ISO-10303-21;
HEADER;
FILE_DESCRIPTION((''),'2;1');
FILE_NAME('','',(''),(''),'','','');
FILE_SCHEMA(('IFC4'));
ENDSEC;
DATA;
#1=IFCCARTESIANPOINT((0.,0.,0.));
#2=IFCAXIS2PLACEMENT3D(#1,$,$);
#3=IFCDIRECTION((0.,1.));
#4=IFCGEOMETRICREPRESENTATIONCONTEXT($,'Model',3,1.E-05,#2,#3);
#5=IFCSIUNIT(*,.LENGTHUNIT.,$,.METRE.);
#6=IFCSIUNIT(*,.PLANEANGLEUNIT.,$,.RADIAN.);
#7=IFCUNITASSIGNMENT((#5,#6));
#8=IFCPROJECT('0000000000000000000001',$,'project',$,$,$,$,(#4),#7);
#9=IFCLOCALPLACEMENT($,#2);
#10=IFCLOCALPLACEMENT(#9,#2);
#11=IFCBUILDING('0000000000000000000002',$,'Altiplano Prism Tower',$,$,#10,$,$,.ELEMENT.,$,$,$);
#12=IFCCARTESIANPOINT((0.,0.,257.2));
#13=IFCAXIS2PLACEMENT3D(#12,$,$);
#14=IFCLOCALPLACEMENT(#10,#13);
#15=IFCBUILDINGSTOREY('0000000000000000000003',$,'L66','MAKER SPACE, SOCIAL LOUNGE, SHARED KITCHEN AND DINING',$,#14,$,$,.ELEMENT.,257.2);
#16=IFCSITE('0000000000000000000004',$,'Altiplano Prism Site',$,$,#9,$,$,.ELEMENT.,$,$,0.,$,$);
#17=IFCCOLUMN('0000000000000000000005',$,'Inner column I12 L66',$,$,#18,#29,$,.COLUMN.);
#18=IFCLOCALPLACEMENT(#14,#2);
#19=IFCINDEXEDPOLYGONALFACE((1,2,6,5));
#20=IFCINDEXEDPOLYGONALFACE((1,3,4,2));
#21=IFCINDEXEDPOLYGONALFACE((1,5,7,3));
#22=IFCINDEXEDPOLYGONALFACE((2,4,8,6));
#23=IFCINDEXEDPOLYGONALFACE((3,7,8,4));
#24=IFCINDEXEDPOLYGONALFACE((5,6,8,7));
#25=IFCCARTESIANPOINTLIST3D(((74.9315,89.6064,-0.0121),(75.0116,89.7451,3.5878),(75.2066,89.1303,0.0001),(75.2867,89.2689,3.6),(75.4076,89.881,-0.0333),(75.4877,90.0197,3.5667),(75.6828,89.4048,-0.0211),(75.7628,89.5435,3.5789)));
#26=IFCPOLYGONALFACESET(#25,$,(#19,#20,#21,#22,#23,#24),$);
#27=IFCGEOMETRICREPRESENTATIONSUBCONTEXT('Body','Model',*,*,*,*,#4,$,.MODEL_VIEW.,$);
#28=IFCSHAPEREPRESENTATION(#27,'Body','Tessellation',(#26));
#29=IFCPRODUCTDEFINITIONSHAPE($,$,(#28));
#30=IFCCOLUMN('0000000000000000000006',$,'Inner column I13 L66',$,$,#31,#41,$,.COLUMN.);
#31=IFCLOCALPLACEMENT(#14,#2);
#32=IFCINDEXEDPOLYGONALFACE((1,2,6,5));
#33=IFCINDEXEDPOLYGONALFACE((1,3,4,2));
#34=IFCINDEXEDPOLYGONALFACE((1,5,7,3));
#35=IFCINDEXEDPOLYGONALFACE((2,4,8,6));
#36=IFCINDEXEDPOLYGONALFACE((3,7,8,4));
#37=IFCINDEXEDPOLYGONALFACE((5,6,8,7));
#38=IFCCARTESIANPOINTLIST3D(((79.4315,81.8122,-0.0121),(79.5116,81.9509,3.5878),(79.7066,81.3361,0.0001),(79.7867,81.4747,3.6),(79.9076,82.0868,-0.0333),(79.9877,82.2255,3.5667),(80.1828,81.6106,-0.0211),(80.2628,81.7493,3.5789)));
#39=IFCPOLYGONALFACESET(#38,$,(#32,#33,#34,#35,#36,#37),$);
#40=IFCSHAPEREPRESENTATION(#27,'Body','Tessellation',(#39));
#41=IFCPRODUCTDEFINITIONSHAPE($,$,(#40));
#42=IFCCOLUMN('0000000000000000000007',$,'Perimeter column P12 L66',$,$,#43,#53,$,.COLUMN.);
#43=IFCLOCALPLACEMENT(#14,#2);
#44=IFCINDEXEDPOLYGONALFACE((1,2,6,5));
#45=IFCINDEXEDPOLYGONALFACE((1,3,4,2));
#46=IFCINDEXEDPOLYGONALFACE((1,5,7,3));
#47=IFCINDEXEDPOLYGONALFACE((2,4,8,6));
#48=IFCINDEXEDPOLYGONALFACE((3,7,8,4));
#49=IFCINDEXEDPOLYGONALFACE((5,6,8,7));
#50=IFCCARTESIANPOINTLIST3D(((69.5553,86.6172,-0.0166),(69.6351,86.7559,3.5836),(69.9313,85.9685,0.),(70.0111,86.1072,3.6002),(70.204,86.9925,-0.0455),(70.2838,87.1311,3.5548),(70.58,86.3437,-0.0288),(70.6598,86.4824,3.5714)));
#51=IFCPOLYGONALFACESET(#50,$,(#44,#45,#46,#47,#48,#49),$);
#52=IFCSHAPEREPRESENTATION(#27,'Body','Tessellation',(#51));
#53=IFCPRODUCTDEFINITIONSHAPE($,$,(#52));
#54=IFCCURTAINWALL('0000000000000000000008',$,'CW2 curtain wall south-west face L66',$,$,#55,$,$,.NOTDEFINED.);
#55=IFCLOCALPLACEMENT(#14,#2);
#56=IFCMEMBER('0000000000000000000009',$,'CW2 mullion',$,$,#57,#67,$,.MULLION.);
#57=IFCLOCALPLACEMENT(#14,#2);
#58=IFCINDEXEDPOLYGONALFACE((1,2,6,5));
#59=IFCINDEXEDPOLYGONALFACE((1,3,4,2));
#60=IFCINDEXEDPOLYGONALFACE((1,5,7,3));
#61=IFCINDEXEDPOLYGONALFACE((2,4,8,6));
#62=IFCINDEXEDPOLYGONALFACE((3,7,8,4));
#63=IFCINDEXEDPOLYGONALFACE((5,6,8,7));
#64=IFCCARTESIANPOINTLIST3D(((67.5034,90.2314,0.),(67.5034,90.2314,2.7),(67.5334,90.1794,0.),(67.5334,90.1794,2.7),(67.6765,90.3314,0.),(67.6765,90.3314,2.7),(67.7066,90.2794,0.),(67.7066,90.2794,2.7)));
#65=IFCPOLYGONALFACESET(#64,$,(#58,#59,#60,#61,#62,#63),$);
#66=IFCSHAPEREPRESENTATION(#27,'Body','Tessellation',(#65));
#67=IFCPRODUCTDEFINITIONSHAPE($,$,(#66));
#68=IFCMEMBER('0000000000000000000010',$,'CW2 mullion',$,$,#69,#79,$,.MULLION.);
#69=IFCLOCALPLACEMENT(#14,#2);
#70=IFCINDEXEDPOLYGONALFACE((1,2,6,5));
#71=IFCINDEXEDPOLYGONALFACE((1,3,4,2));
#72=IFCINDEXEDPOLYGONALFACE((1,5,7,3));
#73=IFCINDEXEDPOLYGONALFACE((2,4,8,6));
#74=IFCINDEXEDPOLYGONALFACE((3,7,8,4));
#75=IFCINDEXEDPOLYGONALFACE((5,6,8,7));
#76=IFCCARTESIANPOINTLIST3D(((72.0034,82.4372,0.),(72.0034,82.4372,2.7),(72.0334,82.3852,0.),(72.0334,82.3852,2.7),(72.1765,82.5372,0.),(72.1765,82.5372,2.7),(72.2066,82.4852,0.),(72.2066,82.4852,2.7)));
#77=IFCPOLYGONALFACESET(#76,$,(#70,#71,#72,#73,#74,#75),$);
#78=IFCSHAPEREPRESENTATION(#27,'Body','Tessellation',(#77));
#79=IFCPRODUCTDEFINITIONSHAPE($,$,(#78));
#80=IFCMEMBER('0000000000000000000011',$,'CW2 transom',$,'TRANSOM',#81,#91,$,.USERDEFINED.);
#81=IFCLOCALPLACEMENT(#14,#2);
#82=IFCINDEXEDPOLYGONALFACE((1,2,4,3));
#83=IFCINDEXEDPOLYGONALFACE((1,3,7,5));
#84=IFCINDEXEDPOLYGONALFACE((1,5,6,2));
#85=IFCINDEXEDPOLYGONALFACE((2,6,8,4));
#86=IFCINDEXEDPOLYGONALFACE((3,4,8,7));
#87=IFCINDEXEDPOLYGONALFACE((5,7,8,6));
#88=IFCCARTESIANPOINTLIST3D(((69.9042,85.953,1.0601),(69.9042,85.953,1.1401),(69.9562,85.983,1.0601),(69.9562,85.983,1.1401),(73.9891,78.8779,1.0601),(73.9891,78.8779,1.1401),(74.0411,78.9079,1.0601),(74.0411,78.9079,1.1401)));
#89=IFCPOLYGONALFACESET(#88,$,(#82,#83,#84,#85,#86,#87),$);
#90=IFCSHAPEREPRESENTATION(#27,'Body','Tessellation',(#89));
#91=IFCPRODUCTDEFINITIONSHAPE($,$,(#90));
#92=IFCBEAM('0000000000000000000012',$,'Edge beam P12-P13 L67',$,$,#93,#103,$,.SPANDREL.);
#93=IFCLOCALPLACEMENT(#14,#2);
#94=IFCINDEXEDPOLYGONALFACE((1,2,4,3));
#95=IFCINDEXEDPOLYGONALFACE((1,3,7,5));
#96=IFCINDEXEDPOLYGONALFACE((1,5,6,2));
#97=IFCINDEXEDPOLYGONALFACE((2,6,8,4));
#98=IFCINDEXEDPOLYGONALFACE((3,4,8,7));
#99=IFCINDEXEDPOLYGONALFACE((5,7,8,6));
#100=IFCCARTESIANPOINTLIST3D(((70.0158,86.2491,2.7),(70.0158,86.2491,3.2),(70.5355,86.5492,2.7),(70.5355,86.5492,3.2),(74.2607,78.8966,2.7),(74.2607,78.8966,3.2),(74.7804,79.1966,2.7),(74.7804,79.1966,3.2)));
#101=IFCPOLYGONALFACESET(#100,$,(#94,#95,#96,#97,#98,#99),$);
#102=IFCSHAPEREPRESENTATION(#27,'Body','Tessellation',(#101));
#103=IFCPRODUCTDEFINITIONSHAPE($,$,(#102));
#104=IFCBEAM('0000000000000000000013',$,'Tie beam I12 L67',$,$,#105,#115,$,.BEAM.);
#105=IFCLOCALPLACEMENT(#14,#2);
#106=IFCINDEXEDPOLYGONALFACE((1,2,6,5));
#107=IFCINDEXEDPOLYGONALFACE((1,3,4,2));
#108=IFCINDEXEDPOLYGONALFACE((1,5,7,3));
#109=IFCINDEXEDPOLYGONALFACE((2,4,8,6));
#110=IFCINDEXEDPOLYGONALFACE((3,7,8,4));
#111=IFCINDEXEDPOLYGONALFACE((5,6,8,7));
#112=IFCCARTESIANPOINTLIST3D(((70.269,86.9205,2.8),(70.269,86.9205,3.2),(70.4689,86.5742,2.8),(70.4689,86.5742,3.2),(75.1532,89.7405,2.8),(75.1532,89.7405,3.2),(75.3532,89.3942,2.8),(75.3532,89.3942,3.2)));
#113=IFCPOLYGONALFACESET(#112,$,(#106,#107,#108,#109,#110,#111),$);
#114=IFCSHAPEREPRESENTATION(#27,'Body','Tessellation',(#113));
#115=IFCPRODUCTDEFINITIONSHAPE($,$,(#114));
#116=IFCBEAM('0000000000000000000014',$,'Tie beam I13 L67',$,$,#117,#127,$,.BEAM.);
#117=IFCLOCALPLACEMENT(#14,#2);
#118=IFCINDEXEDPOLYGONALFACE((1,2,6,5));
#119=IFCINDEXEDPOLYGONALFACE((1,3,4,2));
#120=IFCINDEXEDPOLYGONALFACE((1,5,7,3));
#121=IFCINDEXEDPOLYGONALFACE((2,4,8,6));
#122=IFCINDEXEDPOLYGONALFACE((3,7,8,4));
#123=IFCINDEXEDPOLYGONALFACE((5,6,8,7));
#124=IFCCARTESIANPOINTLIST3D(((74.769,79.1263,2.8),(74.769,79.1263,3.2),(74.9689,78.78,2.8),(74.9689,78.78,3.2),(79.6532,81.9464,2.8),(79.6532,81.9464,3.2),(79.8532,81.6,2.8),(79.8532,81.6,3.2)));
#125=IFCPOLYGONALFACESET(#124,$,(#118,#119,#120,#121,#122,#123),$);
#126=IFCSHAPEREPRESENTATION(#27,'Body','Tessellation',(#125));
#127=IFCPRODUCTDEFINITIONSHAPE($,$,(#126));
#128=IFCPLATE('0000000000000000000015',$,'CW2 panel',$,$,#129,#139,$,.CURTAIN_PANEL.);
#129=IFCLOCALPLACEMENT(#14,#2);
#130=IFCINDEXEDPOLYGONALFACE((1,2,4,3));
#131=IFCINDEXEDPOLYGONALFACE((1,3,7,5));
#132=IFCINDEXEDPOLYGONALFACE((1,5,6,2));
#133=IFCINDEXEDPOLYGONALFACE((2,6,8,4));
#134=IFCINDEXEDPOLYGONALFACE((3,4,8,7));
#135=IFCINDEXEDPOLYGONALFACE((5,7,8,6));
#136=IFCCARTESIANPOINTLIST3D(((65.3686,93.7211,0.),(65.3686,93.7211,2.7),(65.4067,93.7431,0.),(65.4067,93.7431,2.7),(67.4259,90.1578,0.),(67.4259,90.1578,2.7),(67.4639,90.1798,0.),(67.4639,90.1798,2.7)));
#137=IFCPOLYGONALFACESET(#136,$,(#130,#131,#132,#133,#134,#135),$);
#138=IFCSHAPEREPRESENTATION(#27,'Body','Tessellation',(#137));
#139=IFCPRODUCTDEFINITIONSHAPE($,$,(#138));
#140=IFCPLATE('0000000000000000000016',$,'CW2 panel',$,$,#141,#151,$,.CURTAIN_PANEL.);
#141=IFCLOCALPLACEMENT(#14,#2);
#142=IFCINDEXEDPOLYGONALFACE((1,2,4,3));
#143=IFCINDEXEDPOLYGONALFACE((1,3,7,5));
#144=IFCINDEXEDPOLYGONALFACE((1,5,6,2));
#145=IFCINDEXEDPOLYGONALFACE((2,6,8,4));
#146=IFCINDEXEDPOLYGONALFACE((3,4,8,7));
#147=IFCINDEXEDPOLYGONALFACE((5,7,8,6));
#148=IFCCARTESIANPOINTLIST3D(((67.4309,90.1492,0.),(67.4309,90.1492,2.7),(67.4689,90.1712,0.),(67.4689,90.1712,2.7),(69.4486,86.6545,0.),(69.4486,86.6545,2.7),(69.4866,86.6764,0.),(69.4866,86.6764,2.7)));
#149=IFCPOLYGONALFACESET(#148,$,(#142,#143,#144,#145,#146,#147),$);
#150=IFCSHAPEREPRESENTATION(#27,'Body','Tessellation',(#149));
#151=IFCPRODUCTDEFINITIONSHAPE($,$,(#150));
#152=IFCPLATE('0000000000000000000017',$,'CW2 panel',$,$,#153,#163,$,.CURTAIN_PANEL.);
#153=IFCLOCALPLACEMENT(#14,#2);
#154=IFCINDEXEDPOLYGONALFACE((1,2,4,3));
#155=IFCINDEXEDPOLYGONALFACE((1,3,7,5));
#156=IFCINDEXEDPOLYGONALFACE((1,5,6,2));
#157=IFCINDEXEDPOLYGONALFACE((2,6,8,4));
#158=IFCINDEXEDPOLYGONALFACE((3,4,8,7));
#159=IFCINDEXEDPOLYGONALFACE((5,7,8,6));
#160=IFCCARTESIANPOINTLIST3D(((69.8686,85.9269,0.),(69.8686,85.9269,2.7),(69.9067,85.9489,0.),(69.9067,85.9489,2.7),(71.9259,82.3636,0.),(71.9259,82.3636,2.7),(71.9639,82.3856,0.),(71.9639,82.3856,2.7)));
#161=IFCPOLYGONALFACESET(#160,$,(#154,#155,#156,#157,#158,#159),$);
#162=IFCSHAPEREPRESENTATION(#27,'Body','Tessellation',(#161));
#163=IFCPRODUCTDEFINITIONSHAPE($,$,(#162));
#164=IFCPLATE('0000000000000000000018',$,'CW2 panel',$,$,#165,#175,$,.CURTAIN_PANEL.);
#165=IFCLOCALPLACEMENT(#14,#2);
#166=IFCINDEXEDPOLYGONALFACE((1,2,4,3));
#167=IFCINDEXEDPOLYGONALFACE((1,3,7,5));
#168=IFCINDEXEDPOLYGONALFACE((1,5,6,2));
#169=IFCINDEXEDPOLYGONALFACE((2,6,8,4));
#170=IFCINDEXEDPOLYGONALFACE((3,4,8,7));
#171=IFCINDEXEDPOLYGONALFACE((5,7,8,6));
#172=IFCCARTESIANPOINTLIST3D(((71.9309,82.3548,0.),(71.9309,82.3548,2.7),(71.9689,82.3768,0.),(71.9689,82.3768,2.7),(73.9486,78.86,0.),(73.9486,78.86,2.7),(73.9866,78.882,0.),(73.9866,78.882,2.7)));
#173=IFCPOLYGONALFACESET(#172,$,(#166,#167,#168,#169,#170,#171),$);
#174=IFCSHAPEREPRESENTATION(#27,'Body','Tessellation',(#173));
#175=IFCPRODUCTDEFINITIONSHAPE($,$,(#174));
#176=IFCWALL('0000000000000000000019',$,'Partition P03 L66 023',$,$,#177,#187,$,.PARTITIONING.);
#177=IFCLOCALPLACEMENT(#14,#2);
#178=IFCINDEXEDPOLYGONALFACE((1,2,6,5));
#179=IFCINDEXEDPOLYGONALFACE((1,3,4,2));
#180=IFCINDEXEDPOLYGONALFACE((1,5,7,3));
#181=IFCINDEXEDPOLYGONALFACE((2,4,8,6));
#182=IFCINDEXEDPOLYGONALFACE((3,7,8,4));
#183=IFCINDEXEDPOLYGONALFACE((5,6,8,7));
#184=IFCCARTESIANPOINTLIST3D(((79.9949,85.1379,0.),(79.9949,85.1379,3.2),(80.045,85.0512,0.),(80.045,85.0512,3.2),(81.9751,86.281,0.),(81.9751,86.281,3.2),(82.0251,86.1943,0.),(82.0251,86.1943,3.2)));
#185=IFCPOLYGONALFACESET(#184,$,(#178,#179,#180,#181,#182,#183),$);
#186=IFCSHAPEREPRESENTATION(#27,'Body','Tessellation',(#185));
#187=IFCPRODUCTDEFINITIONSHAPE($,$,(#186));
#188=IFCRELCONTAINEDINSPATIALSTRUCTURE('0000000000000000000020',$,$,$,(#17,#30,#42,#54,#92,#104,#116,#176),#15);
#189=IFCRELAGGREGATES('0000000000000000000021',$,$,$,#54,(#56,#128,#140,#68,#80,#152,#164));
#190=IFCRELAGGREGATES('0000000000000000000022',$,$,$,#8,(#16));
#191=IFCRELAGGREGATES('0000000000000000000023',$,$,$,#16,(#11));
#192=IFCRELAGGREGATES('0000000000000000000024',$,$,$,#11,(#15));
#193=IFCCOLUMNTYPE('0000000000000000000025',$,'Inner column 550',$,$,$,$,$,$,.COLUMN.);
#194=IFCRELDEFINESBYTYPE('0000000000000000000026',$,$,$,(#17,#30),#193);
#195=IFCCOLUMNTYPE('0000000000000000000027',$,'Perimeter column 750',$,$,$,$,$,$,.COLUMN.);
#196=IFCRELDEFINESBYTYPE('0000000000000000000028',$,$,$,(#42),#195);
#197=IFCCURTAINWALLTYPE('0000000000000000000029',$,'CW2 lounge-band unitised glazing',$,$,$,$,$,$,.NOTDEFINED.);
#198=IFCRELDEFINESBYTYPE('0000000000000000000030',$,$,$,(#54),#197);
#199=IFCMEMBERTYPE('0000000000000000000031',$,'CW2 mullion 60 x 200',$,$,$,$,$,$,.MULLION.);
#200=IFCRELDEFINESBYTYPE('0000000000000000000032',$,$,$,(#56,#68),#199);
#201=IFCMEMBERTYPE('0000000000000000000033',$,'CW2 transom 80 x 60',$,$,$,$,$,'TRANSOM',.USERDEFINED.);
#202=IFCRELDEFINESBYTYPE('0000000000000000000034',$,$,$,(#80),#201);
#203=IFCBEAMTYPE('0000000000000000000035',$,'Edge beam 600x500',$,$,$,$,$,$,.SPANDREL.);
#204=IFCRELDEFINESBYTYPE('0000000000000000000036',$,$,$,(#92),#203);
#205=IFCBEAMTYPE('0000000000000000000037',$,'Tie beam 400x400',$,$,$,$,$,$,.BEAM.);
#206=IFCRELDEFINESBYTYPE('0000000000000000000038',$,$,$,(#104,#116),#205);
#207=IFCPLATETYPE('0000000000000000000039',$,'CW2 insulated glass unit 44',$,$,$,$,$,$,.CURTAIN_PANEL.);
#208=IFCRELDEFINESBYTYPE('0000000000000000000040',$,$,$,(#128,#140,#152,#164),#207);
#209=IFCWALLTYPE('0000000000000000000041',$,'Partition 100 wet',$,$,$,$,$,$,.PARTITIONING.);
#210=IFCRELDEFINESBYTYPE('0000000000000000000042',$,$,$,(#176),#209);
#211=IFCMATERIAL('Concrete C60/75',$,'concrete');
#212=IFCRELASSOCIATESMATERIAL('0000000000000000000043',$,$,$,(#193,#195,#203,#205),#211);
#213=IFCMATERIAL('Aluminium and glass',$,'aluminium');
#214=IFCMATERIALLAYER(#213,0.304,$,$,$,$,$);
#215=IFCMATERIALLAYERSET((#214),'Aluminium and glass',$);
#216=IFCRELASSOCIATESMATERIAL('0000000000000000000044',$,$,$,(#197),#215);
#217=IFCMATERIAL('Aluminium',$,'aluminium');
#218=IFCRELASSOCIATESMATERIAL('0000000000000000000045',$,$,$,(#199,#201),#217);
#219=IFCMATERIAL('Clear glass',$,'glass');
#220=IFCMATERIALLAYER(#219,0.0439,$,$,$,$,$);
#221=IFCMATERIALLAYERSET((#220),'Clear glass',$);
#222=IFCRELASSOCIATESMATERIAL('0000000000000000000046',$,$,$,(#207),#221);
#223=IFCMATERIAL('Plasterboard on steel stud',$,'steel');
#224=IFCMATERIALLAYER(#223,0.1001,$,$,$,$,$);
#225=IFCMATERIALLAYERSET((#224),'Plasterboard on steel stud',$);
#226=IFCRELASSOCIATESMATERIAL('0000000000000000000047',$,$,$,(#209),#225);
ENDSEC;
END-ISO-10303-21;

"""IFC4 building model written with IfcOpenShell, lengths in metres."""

from ifc_helpers import new_model, si_unit, direction, frame, frame_2d, origin, origin_2d, place, context, subcontext, project, spatial, rectangle, extrude, material, layer, layer_set, material_profile, profile_set, type_object, element, aggregate, save


model = new_model("IFC4")

# Units and contexts
model_context = context("Model", 3, precision=1e-05, world=origin(), true_north=direction((0.0, 1.0)))
body_context = subcontext(model_context, "Body", "Model", "MODEL_VIEW")
ifc_project = project(units=[si_unit("LENGTHUNIT", "METRE"), si_unit("PLANEANGLEUNIT", "RADIAN")], contexts=[model_context])

# Site, building, storey
site_placement = place(None, origin())
site = spatial("IfcSite", under=ifc_project, at=site_placement, Name="Altiplano Prism Site", CompositionType="ELEMENT", RefElevation=0.0)
building_placement = place(site_placement, origin())
building = spatial("IfcBuilding", under=site, at=building_placement, Name="Altiplano Prism Tower", CompositionType="ELEMENT")
storey_placement = place(building_placement, frame((0.0, 0.0, 257.2)))
storey = spatial("IfcBuildingStorey", under=building, at=storey_placement, Name="L66", Description="MAKER SPACE, SOCIAL LOUNGE, SHARED KITCHEN AND DINING", CompositionType="ELEMENT", Elevation=257.2)

# Columns
ifc_material_1 = material(Name="Concrete C60/75", Category="concrete")
ifc_material_profile_1 = material_profile(ifc_material_1, rectangle(XDim=0.55, YDim=0.55, at=origin_2d()), Name="Inner column 550")
ifc_profile_set_1 = profile_set([ifc_material_profile_1], Name="Concrete C60/75")
column_type_1 = type_object("IfcColumnType", Name="Inner column 550", PredefinedType="COLUMN", material=ifc_profile_set_1)
for number, where, z_axis, x_axis, name in (
    (1, (75.3071, 89.5056, -0.0166), (0.022223, 0.038483, 0.999012), (-0.865639, -0.499187, 0.038485), "Inner column I12 L66"),
    (2, (79.8071, 81.7114, -0.0166), (0.022223, 0.038483, 0.999012), (-0.865639, -0.499187, 0.038485), "Inner column I13 L66"),
):
    element("IfcColumn", number, at=place(storey_placement, frame(where, z_axis=z_axis, x_axis=x_axis)), inside=storey, type_object=column_type_1, Name=name, PredefinedType="COLUMN", context=body_context, shape_type="SweptSolid", body=[
        extrude(rectangle(XDim=0.55, YDim=0.55, at=origin_2d()), origin(), (0.0, 0.0, 1.0), 3.6035),
    ])
ifc_material_profile_2 = material_profile(ifc_material_1, rectangle(XDim=0.75, YDim=0.75, at=origin_2d()), Name="Perimeter column 750")
ifc_profile_set_2 = profile_set([ifc_material_profile_2], Name="Concrete C60/75")
column_type_2 = type_object("IfcColumnType", Name="Perimeter column 750", PredefinedType="COLUMN", material=ifc_profile_set_2)
column_placement = place(storey_placement, frame((70.0676, 86.4805, -0.0227), z_axis=(0.022154, 0.038481, 0.999014), x_axis=(-0.86498, -0.500331, 0.038454)))
element("IfcColumn", 3, at=column_placement, inside=storey, type_object=column_type_2, Name="Perimeter column P12 L66", PredefinedType="COLUMN", context=body_context, shape_type="SweptSolid", body=[
    extrude(rectangle(XDim=0.75, YDim=0.75, at=origin_2d()), origin(), (0.0, 0.0, 1.0), 3.6038),
])

# Curtain wall, members
ifc_material_2 = material(Name="Aluminium and glass", Category="aluminium")
ifc_layer_1 = layer(ifc_material_2, 0.304)
ifc_layer_set_1 = layer_set([ifc_layer_1], Name="Aluminium and glass")
curtain_wall_type = type_object("IfcCurtainWallType", Name="CW2 lounge-band unitised glazing", PredefinedType="NOTDEFINED", material=ifc_layer_set_1)
curtain_wall_placement = place(storey_placement, origin())
curtain_wall = element("IfcCurtainWall", 4, at=curtain_wall_placement, inside=storey, type_object=curtain_wall_type, Name="CW2 curtain wall south-west face L66", PredefinedType="NOTDEFINED")
ifc_material_3 = material(Name="Aluminium", Category="aluminium")
ifc_material_profile_3 = material_profile(ifc_material_3, rectangle(XDim=0.2, YDim=0.0601, at=origin_2d()), Name="CW2 mullion 60 x 200")
ifc_profile_set_3 = profile_set([ifc_material_profile_3], Name="Aluminium")
member_type_1 = type_object("IfcMemberType", Name="CW2 mullion 60 x 200", PredefinedType="MULLION", material=ifc_profile_set_3)
member_1_placement = place(storey_placement, frame((67.605, 90.2554, 0.0), z_axis=(0.0, 0.0, 1.0), x_axis=(0.866025, 0.5, 0.0)))
member_1 = element("IfcMember", 5, at=member_1_placement, type_object=member_type_1, Name="CW2 mullion", PredefinedType="MULLION", context=body_context, shape_type="SweptSolid", body=[
    extrude(rectangle(XDim=0.2, YDim=0.0601, at=origin_2d()), origin(), (0.0, 0.0, 1.0), 2.7),
])
member_2_placement = place(storey_placement, frame((72.105, 82.4612, 0.0), z_axis=(0.0, 0.0, 1.0), x_axis=(0.866025, 0.5, 0.0)))
member_2 = element("IfcMember", 6, at=member_2_placement, type_object=member_type_1, Name="CW2 mullion", PredefinedType="MULLION", context=body_context, shape_type="SweptSolid", body=[
    extrude(rectangle(XDim=0.2, YDim=0.0601, at=origin_2d()), origin(), (0.0, 0.0, 1.0), 2.7),
])
ifc_material_profile_4 = material_profile(ifc_material_3, rectangle(XDim=0.0601, YDim=0.0801, at=origin_2d()), Name="CW2 transom 80 x 60")
ifc_profile_set_4 = profile_set([ifc_material_profile_4], Name="Aluminium")
member_type_2 = type_object("IfcMemberType", Name="CW2 transom 80 x 60", ElementType="TRANSOM", PredefinedType="USERDEFINED", material=ifc_profile_set_4)
member_3_placement = place(storey_placement, frame((69.9302, 85.968, 1.1001), z_axis=(0.500009, -0.86602, 0.0), x_axis=(0.86602, 0.500009, 0.0)))
member_3 = element("IfcMember", 7, at=member_3_placement, type_object=member_type_2, Name="CW2 transom", ObjectType="TRANSOM", PredefinedType="USERDEFINED", context=body_context, shape_type="SweptSolid", body=[
    extrude(rectangle(XDim=0.0601, YDim=0.0801, at=origin_2d()), origin(), (0.0, 0.0, 1.0), 8.1697),
])

# Beams
ifc_material_profile_5 = material_profile(ifc_material_1, rectangle(XDim=0.6001, YDim=0.5, at=origin_2d()), Name="Edge beam 600x500")
ifc_profile_set_5 = profile_set([ifc_material_profile_5], Name="Concrete C60/75")
beam_type_1 = type_object("IfcBeamType", Name="Edge beam 600x500", PredefinedType="SPANDREL", material=ifc_profile_set_5)
beam_placement = place(storey_placement, frame((70.2756, 86.3992, 2.95), z_axis=(0.49999, -0.866031, 0.0), x_axis=(0.866031, 0.49999, 0.0)))
element("IfcBeam", 8, at=beam_placement, inside=storey, type_object=beam_type_1, Name="Edge beam P12-P13 L67", PredefinedType="SPANDREL", context=body_context, shape_type="SweptSolid", body=[
    extrude(rectangle(XDim=0.6001, YDim=0.5, at=origin_2d()), origin(), (0.0, 0.0, 1.0), 8.49),
])
ifc_material_profile_6 = material_profile(ifc_material_1, rectangle(XDim=0.3999, YDim=0.3999, at=origin_2d()), Name="Tie beam 400x400")
ifc_profile_set_6 = profile_set([ifc_material_profile_6], Name="Concrete C60/75")
beam_type_2 = type_object("IfcBeamType", Name="Tie beam 400x400", PredefinedType="BEAM", material=ifc_profile_set_6)
for number, where, z_axis, x_axis, name in (
    (9, (75.2532, 89.5674, 3.0), (-0.866015, -0.500017, 0.0), (0.500017, -0.866015, 0.0), "Tie beam I12 L67"),
    (10, (79.7532, 81.7732, 3.0), (-0.866015, -0.500017, 0.0), (0.500017, -0.866015, 0.0), "Tie beam I13 L67"),
):
    element("IfcBeam", number, at=place(storey_placement, frame(where, z_axis=z_axis, x_axis=x_axis)), inside=storey, type_object=beam_type_2, Name=name, PredefinedType="BEAM", context=body_context, shape_type="SweptSolid", body=[
        extrude(rectangle(XDim=0.3999, YDim=0.3999, at=origin_2d()), origin(), (0.0, 0.0, 1.0), 5.6399),
    ])

# Plates
ifc_material_4 = material(Name="Clear glass", Category="glass")
ifc_layer_2 = layer(ifc_material_4, 0.0439)
ifc_layer_set_2 = layer_set([ifc_layer_2], Name="Clear glass")
plate_type = type_object("IfcPlateType", Name="CW2 insulated glass unit 44", PredefinedType="CURTAIN_PANEL", material=ifc_layer_set_2)
plate_1_placement = place(storey_placement, frame((66.4163, 91.9504, 0.0), z_axis=(0.0, 0.0, 1.0), x_axis=(0.5, -0.866025, 0.0)))
plate_1 = element("IfcPlate", 11, at=plate_1_placement, type_object=plate_type, Name="CW2 panel", PredefinedType="CURTAIN_PANEL", context=body_context, shape_type="SweptSolid", body=[
    extrude(rectangle(XDim=4.1145, YDim=0.0439, at=origin_2d()), origin(), (0.0, 0.0, 1.0), 2.7),
])
plate_2_placement = place(storey_placement, frame((68.4587, 88.4128, 0.0), z_axis=(0.0, 0.0, 1.0), x_axis=(0.5, -0.866025, 0.0)))
plate_2 = element("IfcPlate", 12, at=plate_2_placement, type_object=plate_type, Name="CW2 panel", PredefinedType="CURTAIN_PANEL", context=body_context, shape_type="SweptSolid", body=[
    extrude(rectangle(XDim=4.0354, YDim=0.0439, at=origin_2d()), origin(), (0.0, 0.0, 1.0), 2.7),
])
plate_3_placement = place(storey_placement, frame((70.9163, 84.1562, 0.0), z_axis=(0.0, 0.0, 1.0), x_axis=(0.5, -0.866025, 0.0)))
plate_3 = element("IfcPlate", 13, at=plate_3_placement, type_object=plate_type, Name="CW2 panel", PredefinedType="CURTAIN_PANEL", context=body_context, shape_type="SweptSolid", body=[
    extrude(rectangle(XDim=4.1145, YDim=0.0439, at=origin_2d()), origin(), (0.0, 0.0, 1.0), 2.7),
])
plate_4_placement = place(storey_placement, frame((72.9587, 80.6184, 0.0), z_axis=(0.0, 0.0, 1.0), x_axis=(0.5, -0.866025, 0.0)))
plate_4 = element("IfcPlate", 14, at=plate_4_placement, type_object=plate_type, Name="CW2 panel", PredefinedType="CURTAIN_PANEL", context=body_context, shape_type="SweptSolid", body=[
    extrude(rectangle(XDim=4.0354, YDim=0.0439, at=origin_2d()), origin(), (0.0, 0.0, 1.0), 2.7),
])
aggregate(curtain_wall, [member_1, plate_1, plate_2, member_2, member_3, plate_3, plate_4])

# Wall
ifc_material_5 = material(Name="Plasterboard on steel stud", Category="steel")
ifc_layer_3 = layer(ifc_material_5, 0.1001)
ifc_layer_set_3 = layer_set([ifc_layer_3], Name="Plasterboard on steel stud")
wall_type_1 = type_object("IfcWallType", Name="Partition 100 wet", PredefinedType="PARTITIONING", material=ifc_layer_set_3)
wall_1_placement = place(storey_placement, frame((82.0, 86.2375, 0.0), z_axis=(0.0, 0.0, 1.0), x_axis=(-0.866066, -0.499929, 0.0)))
element("IfcWall", 15, at=wall_1_placement, inside=storey, type_object=wall_type_1, Name="Partition P03 L66 023", PredefinedType="PARTITIONING", context=body_context, shape_type="SweptSolid", body=[
    extrude(rectangle(XDim=2.2864, YDim=0.1001, at=frame_2d((1.1431, 0.0))), origin(), (0.0, 0.0, 1.0), 3.2),
])

save(model, "model.ifc")
